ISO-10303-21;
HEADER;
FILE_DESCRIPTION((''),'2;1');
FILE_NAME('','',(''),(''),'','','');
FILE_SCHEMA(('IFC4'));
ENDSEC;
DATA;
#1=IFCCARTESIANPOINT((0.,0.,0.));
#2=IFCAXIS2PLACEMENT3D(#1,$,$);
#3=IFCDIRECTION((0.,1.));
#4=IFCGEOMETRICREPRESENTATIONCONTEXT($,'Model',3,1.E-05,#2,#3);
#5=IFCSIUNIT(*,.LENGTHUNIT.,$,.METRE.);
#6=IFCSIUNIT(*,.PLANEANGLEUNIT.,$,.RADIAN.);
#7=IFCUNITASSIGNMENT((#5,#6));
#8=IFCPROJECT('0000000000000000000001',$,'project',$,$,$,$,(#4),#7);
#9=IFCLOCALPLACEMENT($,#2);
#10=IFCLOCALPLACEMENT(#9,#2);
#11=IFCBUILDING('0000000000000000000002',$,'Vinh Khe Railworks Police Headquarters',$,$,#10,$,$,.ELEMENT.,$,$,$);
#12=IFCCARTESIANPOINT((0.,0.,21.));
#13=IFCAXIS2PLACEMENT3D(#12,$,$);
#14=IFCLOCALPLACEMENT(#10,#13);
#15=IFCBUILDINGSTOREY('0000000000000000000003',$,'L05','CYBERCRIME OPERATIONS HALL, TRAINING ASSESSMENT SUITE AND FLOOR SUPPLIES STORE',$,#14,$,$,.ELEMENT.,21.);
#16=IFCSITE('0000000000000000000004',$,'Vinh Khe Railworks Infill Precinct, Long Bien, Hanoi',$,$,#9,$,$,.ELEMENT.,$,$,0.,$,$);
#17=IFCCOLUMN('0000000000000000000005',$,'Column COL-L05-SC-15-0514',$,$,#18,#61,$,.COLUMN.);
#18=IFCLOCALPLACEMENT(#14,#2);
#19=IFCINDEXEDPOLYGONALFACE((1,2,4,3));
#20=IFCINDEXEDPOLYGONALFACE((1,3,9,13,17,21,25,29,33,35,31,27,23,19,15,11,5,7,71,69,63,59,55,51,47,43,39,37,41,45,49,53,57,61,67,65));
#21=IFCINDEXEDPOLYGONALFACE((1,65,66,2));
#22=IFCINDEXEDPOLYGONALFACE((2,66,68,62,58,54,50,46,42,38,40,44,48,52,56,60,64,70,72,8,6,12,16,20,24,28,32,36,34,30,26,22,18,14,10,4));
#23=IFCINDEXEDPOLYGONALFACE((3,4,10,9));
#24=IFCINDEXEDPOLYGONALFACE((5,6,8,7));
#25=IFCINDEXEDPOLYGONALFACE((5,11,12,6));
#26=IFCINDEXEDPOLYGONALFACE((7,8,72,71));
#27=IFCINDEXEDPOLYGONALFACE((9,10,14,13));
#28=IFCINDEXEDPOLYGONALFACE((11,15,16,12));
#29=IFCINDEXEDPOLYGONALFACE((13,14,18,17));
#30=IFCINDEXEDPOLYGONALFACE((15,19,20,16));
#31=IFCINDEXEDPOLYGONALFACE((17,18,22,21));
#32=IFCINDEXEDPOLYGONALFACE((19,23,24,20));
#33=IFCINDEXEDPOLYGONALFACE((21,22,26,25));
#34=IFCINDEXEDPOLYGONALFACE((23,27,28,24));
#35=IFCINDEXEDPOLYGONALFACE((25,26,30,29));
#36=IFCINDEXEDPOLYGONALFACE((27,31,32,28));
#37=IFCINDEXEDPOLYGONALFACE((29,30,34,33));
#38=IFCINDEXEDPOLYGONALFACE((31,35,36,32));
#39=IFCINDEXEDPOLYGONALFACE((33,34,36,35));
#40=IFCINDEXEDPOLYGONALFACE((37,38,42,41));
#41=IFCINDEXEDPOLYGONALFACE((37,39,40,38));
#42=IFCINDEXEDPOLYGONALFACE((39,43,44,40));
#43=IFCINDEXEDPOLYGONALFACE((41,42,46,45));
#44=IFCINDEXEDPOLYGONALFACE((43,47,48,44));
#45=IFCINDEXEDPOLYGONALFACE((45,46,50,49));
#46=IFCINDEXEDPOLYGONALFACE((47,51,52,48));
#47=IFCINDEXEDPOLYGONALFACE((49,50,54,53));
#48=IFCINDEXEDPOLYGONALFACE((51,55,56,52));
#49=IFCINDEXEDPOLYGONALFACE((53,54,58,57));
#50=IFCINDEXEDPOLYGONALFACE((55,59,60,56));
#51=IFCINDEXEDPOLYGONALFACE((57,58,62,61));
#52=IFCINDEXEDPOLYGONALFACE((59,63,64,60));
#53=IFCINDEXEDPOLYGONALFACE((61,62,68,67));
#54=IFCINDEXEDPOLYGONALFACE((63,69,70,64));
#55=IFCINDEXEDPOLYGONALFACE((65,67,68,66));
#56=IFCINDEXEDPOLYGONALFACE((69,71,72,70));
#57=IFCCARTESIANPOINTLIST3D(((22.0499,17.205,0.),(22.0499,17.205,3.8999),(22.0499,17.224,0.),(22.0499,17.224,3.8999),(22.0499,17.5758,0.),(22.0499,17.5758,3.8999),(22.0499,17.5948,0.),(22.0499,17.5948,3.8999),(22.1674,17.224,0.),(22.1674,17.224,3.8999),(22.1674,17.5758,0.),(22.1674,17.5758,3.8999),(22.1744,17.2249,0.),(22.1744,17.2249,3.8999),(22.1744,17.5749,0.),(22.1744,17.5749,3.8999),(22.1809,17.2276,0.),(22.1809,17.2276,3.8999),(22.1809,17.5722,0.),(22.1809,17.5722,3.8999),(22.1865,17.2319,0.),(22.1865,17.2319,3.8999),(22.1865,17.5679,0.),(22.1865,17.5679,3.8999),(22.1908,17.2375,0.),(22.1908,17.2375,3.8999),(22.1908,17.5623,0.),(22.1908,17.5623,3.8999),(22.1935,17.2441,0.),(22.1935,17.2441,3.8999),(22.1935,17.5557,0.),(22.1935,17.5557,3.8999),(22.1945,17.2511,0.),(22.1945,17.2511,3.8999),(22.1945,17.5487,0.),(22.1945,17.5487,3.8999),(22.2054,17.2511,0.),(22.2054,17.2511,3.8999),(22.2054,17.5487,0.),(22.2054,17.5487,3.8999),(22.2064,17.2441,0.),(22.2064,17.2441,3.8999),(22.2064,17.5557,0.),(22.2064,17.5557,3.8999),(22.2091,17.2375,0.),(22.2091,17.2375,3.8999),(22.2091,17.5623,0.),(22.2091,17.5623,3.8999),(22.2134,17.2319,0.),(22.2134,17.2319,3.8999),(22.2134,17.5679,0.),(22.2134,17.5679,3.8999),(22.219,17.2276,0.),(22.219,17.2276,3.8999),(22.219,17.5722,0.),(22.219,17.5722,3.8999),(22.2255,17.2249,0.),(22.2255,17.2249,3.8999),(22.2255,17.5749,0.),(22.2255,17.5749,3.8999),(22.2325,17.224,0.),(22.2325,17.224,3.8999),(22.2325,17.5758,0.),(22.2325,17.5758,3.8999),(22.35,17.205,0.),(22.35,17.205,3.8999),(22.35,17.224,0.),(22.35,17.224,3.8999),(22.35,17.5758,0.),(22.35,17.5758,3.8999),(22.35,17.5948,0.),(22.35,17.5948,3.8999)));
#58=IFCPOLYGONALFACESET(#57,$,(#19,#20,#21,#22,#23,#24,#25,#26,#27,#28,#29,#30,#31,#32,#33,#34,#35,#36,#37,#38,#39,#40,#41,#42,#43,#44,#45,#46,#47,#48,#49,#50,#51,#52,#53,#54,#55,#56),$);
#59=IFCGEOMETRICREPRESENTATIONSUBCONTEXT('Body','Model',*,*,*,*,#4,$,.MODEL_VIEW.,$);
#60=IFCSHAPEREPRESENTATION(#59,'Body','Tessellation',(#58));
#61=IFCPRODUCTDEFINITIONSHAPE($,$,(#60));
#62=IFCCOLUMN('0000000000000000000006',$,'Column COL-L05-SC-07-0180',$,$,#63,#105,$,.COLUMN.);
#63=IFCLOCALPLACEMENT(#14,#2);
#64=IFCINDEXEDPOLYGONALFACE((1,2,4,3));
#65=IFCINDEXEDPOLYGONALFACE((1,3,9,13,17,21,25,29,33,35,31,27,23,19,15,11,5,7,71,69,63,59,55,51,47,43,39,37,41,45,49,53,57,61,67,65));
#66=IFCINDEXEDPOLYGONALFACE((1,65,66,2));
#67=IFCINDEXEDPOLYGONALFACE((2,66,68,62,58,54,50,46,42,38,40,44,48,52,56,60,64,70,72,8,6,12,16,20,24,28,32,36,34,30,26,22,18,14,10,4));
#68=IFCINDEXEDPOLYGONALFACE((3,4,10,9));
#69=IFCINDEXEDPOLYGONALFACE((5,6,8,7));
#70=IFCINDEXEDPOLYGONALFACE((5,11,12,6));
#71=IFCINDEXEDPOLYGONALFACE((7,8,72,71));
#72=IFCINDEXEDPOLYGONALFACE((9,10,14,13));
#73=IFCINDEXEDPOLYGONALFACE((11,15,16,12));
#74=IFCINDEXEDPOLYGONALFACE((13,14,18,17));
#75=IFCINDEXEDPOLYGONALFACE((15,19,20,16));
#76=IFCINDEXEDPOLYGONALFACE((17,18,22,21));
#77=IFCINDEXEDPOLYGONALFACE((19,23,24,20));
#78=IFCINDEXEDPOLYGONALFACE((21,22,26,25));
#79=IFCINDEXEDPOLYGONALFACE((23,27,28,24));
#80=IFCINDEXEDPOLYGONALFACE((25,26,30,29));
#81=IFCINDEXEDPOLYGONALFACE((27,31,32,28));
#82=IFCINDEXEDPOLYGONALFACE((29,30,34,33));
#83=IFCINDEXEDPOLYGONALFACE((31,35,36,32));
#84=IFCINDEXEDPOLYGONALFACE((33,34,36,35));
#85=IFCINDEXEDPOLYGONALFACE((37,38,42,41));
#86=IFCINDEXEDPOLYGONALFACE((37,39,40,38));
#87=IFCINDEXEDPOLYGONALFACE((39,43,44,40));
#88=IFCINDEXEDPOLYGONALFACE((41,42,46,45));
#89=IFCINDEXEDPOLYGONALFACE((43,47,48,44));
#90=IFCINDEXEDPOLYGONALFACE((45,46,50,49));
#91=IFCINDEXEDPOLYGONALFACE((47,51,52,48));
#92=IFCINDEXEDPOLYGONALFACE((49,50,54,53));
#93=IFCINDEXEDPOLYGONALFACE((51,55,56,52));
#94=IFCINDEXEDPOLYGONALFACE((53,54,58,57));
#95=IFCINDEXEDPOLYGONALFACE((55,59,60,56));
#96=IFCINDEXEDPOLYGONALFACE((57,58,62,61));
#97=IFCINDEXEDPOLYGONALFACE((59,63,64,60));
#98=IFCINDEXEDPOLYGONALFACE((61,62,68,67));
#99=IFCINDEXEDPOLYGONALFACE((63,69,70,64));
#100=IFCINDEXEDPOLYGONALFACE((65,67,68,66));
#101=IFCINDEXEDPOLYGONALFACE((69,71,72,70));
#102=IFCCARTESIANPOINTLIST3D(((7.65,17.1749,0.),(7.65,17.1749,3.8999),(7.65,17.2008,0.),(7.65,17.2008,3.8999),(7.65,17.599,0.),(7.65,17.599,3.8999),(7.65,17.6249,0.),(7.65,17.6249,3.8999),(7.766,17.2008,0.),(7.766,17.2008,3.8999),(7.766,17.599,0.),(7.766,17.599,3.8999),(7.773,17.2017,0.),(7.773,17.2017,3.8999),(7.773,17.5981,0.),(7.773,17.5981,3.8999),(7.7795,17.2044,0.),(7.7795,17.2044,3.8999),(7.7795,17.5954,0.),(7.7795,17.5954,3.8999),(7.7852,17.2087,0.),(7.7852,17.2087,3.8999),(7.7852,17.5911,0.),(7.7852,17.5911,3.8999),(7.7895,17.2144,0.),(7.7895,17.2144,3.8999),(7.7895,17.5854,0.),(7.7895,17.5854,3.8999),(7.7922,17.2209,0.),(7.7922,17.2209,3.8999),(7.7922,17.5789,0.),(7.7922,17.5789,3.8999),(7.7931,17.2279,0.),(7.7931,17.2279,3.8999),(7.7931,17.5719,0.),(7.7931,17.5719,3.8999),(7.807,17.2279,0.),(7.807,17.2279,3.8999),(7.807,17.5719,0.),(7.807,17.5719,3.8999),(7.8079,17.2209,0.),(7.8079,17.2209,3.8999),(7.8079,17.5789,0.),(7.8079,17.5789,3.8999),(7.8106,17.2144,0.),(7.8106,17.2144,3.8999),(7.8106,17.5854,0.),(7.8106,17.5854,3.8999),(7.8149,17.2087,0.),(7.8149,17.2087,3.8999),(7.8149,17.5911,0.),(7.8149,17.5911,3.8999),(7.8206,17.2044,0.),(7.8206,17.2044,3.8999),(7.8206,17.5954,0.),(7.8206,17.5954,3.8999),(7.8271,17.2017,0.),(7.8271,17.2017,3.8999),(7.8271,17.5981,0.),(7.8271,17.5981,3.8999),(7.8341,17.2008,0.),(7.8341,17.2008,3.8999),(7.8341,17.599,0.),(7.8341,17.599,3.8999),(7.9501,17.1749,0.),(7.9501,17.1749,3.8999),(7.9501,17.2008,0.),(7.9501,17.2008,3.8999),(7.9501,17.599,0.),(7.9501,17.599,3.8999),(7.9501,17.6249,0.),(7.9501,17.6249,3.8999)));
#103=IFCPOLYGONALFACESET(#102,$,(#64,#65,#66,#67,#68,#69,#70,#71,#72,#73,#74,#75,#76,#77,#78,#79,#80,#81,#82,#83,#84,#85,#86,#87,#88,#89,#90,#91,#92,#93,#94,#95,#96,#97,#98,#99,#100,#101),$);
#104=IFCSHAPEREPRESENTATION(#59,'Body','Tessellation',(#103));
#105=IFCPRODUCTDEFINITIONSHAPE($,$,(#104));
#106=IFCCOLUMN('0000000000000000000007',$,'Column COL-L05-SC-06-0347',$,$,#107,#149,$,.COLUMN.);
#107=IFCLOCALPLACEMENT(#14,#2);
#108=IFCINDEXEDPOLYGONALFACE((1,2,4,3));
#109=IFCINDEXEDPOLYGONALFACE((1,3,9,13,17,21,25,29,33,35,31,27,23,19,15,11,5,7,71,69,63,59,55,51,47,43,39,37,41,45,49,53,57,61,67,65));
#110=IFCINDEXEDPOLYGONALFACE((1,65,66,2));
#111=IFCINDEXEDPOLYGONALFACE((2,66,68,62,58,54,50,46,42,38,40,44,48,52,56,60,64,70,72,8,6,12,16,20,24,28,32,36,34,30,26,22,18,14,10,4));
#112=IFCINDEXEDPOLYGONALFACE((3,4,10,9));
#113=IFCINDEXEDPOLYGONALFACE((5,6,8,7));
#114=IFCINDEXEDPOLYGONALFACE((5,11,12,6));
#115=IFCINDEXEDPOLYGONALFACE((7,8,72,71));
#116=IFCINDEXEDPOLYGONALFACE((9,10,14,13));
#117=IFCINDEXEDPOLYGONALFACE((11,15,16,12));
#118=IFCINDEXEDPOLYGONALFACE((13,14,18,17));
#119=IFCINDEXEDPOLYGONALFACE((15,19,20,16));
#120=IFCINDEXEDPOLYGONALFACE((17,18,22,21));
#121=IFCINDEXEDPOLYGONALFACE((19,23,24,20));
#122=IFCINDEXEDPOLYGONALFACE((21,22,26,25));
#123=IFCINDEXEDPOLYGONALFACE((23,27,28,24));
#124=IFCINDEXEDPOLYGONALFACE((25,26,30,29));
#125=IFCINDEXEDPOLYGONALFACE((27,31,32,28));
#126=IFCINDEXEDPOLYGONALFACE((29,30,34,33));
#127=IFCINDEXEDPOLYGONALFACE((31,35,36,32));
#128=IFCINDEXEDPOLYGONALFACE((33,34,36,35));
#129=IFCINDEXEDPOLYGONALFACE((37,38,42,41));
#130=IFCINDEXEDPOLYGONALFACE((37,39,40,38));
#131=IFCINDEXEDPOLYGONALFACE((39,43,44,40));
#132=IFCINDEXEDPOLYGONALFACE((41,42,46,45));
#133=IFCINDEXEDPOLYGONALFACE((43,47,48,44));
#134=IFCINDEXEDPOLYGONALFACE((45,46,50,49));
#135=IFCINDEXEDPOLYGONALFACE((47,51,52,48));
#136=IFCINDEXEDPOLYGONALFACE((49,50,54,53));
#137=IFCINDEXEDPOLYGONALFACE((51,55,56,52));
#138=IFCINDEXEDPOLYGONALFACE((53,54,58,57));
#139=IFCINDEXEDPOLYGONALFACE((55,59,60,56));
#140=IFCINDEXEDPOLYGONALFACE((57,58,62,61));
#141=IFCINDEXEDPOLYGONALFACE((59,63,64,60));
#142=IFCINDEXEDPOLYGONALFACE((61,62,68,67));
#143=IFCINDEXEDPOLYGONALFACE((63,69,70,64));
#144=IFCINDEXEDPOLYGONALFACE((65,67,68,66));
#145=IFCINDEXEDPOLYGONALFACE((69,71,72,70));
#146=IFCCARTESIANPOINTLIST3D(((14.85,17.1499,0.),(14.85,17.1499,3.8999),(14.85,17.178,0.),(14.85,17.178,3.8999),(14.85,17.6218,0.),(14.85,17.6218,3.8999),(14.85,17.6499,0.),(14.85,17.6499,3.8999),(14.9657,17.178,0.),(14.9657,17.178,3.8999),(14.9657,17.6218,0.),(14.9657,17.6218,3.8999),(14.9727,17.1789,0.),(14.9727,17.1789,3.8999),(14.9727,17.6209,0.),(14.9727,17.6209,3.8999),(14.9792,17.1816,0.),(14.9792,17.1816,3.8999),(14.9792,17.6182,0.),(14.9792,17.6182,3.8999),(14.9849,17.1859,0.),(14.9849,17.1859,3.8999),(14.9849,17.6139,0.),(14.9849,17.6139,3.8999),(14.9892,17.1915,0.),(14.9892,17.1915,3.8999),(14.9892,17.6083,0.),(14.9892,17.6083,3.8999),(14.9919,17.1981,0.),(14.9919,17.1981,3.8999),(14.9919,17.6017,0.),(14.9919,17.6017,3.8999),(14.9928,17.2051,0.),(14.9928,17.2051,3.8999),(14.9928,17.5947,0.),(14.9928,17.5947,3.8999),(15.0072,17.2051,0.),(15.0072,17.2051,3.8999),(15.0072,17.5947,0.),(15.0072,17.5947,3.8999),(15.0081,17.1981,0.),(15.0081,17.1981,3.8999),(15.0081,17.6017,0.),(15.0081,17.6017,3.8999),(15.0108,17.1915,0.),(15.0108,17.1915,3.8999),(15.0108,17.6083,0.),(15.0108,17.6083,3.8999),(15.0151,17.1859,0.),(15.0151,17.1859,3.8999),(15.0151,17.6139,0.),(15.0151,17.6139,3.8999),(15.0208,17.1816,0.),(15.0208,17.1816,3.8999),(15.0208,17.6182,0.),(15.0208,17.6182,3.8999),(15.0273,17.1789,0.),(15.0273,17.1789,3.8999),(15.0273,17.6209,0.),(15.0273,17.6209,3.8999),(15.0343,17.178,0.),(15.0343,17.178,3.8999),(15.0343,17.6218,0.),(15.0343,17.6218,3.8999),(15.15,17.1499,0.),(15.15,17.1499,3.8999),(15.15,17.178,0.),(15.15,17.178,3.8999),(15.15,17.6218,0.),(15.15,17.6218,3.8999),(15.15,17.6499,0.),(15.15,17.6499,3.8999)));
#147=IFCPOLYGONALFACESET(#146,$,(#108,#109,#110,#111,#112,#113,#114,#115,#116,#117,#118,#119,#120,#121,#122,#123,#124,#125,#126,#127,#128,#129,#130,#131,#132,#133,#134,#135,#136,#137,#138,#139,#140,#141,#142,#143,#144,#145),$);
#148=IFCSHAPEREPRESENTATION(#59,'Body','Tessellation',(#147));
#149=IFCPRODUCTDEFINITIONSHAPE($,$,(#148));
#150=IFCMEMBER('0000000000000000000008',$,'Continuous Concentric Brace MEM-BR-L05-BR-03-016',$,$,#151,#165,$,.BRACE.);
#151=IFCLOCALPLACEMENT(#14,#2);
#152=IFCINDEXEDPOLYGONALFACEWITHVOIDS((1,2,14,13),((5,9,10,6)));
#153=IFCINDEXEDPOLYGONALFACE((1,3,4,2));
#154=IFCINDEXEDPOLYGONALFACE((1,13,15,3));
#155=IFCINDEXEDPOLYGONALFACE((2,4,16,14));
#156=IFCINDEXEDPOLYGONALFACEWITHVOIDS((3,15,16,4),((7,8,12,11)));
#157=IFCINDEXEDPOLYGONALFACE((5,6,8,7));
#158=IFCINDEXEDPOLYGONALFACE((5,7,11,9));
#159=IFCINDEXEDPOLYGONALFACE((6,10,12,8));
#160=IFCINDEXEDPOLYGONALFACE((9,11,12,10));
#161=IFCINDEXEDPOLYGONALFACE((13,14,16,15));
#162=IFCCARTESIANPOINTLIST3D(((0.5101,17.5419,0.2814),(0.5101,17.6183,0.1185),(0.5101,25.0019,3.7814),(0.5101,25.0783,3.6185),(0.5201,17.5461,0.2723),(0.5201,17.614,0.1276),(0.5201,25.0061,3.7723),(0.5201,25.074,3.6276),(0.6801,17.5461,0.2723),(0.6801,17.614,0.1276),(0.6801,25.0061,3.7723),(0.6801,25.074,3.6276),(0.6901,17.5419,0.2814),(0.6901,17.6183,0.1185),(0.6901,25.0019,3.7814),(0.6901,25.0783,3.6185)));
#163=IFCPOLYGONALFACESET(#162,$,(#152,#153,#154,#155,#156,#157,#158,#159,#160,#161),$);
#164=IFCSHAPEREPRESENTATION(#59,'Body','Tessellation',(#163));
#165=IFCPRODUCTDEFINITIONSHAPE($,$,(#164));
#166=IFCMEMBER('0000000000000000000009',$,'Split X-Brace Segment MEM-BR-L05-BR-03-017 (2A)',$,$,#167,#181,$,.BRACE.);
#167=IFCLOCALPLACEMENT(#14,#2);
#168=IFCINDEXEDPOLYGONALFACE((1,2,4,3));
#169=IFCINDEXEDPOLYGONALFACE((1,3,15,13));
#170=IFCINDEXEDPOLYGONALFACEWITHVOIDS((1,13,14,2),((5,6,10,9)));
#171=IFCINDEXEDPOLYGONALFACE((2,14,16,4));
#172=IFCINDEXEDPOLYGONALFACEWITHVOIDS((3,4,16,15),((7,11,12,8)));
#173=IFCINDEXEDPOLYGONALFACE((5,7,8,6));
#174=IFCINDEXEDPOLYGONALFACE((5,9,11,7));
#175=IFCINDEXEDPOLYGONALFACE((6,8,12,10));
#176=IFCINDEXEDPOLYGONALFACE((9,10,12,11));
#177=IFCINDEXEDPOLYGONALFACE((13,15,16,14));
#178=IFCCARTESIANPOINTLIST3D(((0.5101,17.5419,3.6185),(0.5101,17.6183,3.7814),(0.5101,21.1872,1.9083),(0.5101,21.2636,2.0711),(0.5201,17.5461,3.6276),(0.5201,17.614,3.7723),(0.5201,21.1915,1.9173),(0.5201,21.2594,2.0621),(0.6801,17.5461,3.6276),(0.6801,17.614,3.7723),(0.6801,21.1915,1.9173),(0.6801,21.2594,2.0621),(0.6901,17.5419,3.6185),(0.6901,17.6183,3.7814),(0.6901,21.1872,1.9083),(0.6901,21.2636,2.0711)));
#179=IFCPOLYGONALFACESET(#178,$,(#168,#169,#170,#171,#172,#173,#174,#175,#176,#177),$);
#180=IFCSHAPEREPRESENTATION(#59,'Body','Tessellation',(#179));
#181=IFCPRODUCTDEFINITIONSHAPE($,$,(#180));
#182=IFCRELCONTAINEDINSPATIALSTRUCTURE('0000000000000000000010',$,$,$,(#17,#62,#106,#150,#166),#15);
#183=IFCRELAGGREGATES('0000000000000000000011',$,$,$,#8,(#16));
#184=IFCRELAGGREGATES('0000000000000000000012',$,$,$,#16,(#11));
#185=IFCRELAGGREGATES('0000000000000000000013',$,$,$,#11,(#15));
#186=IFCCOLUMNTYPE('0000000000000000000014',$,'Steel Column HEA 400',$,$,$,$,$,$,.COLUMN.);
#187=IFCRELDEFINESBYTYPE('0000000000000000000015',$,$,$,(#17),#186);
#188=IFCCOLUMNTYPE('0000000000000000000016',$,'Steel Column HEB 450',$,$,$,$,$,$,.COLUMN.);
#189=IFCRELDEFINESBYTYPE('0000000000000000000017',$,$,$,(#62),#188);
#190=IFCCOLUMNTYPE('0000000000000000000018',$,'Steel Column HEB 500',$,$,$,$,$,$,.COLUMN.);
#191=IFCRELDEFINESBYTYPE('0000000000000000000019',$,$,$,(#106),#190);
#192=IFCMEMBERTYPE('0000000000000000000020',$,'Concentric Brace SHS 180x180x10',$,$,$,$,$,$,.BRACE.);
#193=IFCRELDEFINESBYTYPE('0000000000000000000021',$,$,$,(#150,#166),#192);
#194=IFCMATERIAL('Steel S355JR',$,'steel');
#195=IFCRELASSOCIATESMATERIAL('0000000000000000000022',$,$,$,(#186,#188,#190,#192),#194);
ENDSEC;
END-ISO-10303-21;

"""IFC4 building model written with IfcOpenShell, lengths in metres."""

from ifc_helpers import new_model, si_unit, direction, frame, origin, origin_2d, place, context, subcontext, project, spatial, hollow_rectangle, i_section, extrude, material, material_profile, profile_set, type_object, element, save


model = new_model("IFC4")

# Units and contexts
model_context = context("Model", 3, precision=1e-05, world=origin(), true_north=direction((0.0, 1.0)))
body_context = subcontext(model_context, "Body", "Model", "MODEL_VIEW")
ifc_project = project(units=[si_unit("LENGTHUNIT", "METRE"), si_unit("PLANEANGLEUNIT", "RADIAN")], contexts=[model_context])

# Site, building, storey
site_placement = place(None, origin())
site = spatial("IfcSite", under=ifc_project, at=site_placement, Name="Vinh Khe Railworks Infill Precinct, Long Bien, Hanoi", CompositionType="ELEMENT", RefElevation=0.0)
building_placement = place(site_placement, origin())
building = spatial("IfcBuilding", under=site, at=building_placement, Name="Vinh Khe Railworks Police Headquarters", CompositionType="ELEMENT")
storey_placement = place(building_placement, frame((0.0, 0.0, 21.0)))
storey = spatial("IfcBuildingStorey", under=building, at=storey_placement, Name="L05", Description="CYBERCRIME OPERATIONS HALL, TRAINING ASSESSMENT SUITE AND FLOOR SUPPLIES STORE", CompositionType="ELEMENT", Elevation=21.0)

# Columns
ifc_material_1 = material(Name="Steel S355JR", Category="steel")
ifc_material_profile_1 = material_profile(ifc_material_1, i_section(OverallWidth=0.3, OverallDepth=0.3899, WebThickness=0.011, FlangeThickness=0.019, FilletRadius=0.0271, at=origin_2d()), Name="HEA 400")
ifc_profile_set_1 = profile_set([ifc_material_profile_1], Name="Steel S355JR")
column_type_1 = type_object("IfcColumnType", Name="Steel Column HEA 400", PredefinedType="COLUMN", material=ifc_profile_set_1)
column_1_placement = place(storey_placement, frame((22.2, 17.3999, 0.0), z_axis=(0.0, 0.0, 1.0), x_axis=(1.0, 0.0, 0.0)))
element("IfcColumn", 1, at=column_1_placement, inside=storey, type_object=column_type_1, Name="Column COL-L05-SC-15-0514", PredefinedType="COLUMN", context=body_context, shape_type="SweptSolid", body=[
    extrude(i_section(OverallWidth=0.3, OverallDepth=0.3899, WebThickness=0.011, FlangeThickness=0.019, FilletRadius=0.0271, at=origin_2d()), origin(), (0.0, 0.0, 1.0), 3.8999),
])
ifc_material_profile_2 = material_profile(ifc_material_1, i_section(OverallWidth=0.3, OverallDepth=0.45, WebThickness=0.0139, FlangeThickness=0.0259, FilletRadius=0.0271, at=origin_2d()), Name="HEB 450")
ifc_profile_set_2 = profile_set([ifc_material_profile_2], Name="Steel S355JR")
column_type_2 = type_object("IfcColumnType", Name="Steel Column HEB 450", PredefinedType="COLUMN", material=ifc_profile_set_2)
column_2_placement = place(storey_placement, frame((7.8, 17.3999, 0.0), z_axis=(0.0, 0.0, 1.0), x_axis=(1.0, 0.0, 0.0)))
element("IfcColumn", 2, at=column_2_placement, inside=storey, type_object=column_type_2, Name="Column COL-L05-SC-07-0180", PredefinedType="COLUMN", context=body_context, shape_type="SweptSolid", body=[
    extrude(i_section(OverallWidth=0.3, OverallDepth=0.45, WebThickness=0.0139, FlangeThickness=0.0259, FilletRadius=0.0271, at=origin_2d()), origin(), (0.0, 0.0, 1.0), 3.8999),
])
ifc_material_profile_3 = material_profile(ifc_material_1, i_section(OverallWidth=0.3, OverallDepth=0.5, WebThickness=0.0144, FlangeThickness=0.0281, FilletRadius=0.0271, at=origin_2d()), Name="HEB 500")
ifc_profile_set_3 = profile_set([ifc_material_profile_3], Name="Steel S355JR")
column_type_3 = type_object("IfcColumnType", Name="Steel Column HEB 500", PredefinedType="COLUMN", material=ifc_profile_set_3)
column_3_placement = place(storey_placement, frame((15.0, 17.3999, 0.0), z_axis=(0.0, 0.0, 1.0), x_axis=(1.0, 0.0, 0.0)))
element("IfcColumn", 3, at=column_3_placement, inside=storey, type_object=column_type_3, Name="Column COL-L05-SC-06-0347", PredefinedType="COLUMN", context=body_context, shape_type="SweptSolid", body=[
    extrude(i_section(OverallWidth=0.3, OverallDepth=0.5, WebThickness=0.0144, FlangeThickness=0.0281, FilletRadius=0.0271, at=origin_2d()), origin(), (0.0, 0.0, 1.0), 3.8999),
])

# Members
ifc_material_profile_4 = material_profile(ifc_material_1, hollow_rectangle(XDim=0.1799, YDim=0.1799, WallThickness=0.01, at=origin_2d()), Name="SHS 180x180x10")
ifc_profile_set_4 = profile_set([ifc_material_profile_4], Name="Steel S355JR")
member_type = type_object("IfcMemberType", Name="Concentric Brace SHS 180x180x10", PredefinedType="BRACE", material=ifc_profile_set_4)
member_1_placement = place(storey_placement, frame((0.6001, 17.5801, 0.2), z_axis=(0.0, 0.905312, 0.424747), x_axis=(-1.0, 0.0, 0.0)))
element("IfcMember", 4, at=member_1_placement, inside=storey, type_object=member_type, Name="Continuous Concentric Brace MEM-BR-L05-BR-03-016", PredefinedType="BRACE", context=body_context, shape_type="SweptSolid", body=[
    extrude(hollow_rectangle(XDim=0.1799, YDim=0.1799, WallThickness=0.01, at=origin_2d()), origin(), (0.0, 0.0, 1.0), 8.2402),
])
member_2_placement = place(storey_placement, frame((0.6001, 17.5801, 3.7), z_axis=(0.0, 0.905317, -0.424737), x_axis=(-1.0, 0.0, 0.0)))
element("IfcMember", 5, at=member_2_placement, inside=storey, type_object=member_type, Name="Split X-Brace Segment MEM-BR-L05-BR-03-017 (2A)", PredefinedType="BRACE", context=body_context, shape_type="SweptSolid", body=[
    extrude(hollow_rectangle(XDim=0.1799, YDim=0.1799, WallThickness=0.01, at=origin_2d()), origin(), (0.0, 0.0, 1.0), 4.0266),
])

save(model, "model.ifc")
